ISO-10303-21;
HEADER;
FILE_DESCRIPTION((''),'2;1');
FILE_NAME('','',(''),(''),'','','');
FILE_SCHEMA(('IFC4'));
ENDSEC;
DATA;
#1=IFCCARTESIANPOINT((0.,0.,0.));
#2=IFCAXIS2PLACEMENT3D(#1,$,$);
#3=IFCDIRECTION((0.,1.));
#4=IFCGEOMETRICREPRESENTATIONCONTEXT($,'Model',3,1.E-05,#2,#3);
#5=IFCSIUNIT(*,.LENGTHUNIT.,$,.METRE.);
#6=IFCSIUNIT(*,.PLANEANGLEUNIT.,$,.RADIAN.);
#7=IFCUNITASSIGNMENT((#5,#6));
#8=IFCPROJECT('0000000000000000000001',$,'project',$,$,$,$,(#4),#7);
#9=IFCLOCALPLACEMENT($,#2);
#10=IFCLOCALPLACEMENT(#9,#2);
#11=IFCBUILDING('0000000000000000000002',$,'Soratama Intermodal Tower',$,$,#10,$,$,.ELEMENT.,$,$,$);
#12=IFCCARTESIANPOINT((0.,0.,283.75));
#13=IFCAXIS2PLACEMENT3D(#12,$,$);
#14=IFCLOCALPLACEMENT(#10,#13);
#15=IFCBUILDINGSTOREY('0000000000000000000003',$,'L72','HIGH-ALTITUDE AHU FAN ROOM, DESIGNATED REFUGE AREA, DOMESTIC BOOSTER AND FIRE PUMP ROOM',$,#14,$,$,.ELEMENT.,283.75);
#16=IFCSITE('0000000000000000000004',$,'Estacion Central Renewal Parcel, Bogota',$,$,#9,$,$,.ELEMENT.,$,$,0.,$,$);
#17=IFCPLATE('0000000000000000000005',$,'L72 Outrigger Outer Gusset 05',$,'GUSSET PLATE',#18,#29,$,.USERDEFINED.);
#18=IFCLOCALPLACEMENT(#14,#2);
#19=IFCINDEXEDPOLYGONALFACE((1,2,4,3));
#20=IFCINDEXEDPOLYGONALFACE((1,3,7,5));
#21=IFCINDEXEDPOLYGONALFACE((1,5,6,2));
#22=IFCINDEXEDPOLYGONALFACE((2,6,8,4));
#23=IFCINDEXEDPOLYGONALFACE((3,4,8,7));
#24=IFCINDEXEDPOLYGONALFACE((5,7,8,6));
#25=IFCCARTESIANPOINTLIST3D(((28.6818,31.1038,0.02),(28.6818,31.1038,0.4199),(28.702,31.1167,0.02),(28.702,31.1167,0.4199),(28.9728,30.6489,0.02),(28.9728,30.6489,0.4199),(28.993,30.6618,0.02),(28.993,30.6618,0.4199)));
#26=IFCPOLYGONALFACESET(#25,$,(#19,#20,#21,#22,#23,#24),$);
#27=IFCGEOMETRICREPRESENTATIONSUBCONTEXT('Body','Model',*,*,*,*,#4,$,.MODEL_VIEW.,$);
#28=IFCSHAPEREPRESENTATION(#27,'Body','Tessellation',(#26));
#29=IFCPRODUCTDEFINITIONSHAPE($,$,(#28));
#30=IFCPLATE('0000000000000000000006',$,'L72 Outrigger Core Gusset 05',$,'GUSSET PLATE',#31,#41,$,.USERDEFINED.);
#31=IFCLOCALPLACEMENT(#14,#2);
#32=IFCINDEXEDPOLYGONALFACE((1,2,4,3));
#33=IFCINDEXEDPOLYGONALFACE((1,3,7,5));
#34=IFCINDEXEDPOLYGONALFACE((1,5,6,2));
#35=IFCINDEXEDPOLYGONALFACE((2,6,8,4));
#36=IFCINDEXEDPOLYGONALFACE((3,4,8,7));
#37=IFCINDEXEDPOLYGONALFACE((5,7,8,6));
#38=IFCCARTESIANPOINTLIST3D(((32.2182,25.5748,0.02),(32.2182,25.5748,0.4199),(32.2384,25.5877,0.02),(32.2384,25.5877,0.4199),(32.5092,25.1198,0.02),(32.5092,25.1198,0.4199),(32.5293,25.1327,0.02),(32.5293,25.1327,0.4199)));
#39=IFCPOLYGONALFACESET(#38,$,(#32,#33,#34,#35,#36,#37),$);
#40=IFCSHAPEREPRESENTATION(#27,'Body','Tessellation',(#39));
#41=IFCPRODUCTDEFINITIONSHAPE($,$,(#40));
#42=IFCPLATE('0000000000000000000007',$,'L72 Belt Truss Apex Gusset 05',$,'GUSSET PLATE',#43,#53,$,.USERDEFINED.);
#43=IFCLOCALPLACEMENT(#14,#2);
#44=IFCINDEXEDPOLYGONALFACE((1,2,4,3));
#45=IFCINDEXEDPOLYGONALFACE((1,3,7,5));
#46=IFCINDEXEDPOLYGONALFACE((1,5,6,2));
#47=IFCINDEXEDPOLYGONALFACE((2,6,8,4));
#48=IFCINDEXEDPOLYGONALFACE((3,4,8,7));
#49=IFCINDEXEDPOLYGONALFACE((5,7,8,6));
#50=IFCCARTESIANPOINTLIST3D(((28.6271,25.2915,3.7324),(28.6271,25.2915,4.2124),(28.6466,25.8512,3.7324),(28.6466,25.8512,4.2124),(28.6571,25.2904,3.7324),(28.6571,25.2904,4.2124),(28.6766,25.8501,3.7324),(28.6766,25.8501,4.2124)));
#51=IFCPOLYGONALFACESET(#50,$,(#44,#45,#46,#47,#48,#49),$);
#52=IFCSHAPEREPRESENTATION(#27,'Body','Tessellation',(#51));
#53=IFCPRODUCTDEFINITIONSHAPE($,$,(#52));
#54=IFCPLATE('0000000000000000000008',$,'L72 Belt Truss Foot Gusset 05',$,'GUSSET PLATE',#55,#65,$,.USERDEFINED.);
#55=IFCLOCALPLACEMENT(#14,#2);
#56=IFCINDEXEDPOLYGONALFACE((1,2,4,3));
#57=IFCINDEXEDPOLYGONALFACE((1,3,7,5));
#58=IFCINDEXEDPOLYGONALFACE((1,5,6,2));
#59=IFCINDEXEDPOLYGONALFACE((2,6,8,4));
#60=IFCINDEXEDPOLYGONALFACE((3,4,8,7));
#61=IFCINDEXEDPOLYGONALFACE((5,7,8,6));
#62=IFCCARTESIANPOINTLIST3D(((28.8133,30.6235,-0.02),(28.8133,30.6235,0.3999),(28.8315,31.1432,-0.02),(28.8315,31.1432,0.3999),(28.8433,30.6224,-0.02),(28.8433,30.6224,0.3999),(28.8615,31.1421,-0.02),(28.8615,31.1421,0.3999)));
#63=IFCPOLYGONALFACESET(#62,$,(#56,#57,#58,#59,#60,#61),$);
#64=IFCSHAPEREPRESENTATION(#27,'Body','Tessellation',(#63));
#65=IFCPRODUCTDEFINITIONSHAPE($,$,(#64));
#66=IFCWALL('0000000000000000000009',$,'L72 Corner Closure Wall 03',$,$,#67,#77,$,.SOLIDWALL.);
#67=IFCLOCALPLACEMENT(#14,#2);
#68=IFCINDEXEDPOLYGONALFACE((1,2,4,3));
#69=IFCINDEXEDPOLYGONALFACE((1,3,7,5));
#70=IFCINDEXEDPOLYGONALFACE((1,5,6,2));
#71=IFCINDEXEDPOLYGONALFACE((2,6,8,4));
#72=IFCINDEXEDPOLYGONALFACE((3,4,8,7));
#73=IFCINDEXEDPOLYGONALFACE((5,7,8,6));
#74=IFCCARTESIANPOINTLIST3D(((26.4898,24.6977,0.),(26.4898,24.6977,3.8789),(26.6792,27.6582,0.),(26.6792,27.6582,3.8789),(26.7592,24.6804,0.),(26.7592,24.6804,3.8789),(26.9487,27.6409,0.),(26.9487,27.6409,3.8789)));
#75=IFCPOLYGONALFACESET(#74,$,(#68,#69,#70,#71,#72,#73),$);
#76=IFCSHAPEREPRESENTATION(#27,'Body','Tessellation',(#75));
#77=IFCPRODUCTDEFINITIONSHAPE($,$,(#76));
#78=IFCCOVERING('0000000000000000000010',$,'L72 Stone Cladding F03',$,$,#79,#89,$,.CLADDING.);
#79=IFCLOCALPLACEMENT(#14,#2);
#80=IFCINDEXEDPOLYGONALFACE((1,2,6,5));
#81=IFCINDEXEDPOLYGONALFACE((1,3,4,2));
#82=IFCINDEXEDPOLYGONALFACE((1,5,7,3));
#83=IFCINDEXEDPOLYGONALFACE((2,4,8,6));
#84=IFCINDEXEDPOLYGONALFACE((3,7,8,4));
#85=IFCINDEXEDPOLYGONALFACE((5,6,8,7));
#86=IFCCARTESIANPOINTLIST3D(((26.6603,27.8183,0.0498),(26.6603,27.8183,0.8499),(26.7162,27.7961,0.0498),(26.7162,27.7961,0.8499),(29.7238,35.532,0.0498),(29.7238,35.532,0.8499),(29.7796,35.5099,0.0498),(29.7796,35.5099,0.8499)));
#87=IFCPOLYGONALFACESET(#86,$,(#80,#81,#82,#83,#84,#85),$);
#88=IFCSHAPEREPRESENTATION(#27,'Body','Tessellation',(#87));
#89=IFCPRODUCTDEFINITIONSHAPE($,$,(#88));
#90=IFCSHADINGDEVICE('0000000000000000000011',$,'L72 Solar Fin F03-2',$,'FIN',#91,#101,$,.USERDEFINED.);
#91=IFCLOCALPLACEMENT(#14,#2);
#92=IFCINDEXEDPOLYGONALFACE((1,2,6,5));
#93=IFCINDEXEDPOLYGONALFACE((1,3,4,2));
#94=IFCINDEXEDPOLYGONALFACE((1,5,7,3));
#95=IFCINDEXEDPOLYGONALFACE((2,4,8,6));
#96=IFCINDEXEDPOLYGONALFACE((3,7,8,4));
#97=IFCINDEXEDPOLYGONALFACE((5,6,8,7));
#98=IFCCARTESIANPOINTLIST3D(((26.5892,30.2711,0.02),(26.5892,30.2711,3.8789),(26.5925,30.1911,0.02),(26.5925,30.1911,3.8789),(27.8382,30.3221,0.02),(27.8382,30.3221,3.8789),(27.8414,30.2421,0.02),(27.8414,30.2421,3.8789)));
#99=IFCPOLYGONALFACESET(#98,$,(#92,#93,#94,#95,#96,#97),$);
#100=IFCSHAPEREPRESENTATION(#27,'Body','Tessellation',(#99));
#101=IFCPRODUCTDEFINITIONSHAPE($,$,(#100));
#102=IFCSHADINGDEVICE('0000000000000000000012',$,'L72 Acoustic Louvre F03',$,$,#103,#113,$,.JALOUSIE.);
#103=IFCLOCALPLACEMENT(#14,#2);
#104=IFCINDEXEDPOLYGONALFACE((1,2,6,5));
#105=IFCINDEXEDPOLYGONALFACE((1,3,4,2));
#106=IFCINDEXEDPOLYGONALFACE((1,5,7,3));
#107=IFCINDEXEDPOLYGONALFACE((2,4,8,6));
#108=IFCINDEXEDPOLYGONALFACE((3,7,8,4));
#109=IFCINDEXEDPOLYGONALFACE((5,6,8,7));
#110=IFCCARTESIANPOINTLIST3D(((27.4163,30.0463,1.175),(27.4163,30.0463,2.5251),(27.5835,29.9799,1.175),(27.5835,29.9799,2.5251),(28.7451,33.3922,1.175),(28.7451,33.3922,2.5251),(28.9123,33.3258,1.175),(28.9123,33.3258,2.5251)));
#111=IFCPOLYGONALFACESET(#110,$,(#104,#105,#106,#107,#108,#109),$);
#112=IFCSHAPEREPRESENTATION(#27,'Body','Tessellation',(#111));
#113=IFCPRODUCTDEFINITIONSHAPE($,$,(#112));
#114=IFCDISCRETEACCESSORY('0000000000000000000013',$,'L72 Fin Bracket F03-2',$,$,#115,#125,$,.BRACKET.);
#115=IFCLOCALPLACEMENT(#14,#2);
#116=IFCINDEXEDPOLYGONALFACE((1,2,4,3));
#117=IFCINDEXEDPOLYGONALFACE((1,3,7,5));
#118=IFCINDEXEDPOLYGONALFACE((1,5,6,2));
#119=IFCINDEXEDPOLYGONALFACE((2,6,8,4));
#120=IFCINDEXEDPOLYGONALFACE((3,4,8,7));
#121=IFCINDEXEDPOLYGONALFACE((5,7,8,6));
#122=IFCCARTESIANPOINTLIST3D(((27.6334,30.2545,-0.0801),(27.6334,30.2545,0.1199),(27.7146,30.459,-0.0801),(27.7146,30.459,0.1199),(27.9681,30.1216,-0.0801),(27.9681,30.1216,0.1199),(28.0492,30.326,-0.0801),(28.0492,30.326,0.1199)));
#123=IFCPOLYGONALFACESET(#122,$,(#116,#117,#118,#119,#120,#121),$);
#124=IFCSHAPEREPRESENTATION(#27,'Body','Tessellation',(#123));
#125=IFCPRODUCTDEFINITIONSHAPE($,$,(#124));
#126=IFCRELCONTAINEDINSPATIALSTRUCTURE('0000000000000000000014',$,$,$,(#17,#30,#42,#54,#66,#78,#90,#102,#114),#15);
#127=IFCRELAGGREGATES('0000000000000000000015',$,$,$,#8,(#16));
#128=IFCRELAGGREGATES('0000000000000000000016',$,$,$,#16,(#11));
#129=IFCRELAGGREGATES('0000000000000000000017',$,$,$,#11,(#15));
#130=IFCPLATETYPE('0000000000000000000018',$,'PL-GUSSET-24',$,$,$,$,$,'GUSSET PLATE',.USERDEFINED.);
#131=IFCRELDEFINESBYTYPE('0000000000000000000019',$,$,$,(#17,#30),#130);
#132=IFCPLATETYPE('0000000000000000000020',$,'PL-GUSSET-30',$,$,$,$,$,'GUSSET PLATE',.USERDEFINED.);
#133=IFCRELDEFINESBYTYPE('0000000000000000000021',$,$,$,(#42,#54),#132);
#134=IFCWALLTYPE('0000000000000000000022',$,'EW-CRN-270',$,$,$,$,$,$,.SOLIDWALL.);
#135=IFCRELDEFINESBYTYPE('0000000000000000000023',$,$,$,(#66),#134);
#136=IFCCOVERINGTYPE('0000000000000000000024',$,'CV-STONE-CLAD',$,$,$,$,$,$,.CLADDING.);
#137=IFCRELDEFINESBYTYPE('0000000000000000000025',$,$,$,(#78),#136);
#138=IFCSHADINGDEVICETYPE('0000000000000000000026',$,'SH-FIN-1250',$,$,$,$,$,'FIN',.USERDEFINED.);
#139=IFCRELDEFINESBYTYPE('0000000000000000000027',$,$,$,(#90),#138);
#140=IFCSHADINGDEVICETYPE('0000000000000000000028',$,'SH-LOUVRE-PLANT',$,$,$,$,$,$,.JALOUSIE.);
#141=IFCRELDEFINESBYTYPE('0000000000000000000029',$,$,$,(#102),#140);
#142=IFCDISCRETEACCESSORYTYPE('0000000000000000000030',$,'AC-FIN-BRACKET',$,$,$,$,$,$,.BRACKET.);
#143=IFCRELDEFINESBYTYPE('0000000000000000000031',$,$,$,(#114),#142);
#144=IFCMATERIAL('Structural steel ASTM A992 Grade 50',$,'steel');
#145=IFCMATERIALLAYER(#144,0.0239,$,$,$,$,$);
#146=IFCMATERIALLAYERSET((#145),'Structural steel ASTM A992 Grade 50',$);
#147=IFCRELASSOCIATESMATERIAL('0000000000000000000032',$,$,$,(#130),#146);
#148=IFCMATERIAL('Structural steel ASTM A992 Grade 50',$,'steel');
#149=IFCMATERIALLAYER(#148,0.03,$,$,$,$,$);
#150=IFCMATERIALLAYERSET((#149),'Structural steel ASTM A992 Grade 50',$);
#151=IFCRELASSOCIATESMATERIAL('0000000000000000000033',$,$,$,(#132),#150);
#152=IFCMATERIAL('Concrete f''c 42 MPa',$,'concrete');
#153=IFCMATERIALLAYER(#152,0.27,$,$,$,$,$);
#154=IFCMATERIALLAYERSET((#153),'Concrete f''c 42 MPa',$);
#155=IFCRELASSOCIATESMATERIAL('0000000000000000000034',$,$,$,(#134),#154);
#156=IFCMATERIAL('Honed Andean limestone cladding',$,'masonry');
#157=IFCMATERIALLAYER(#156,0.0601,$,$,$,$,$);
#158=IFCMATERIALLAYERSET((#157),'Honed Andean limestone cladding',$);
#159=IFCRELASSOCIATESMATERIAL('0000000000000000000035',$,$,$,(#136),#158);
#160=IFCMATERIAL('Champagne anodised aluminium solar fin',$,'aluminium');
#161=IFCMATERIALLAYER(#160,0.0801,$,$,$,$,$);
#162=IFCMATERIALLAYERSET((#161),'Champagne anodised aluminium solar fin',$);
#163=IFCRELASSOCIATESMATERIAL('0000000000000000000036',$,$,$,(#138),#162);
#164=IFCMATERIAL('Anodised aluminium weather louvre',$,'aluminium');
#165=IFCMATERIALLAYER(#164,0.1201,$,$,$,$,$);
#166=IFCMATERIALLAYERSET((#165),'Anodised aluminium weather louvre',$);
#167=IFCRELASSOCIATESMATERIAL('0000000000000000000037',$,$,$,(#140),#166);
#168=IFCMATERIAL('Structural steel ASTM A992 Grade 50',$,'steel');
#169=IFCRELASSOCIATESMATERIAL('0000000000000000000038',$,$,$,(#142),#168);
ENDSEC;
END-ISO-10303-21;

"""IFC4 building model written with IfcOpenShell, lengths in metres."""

from ifc_helpers import new_model, si_unit, direction, frame, frame_2d, origin, origin_2d, place, context, subcontext, project, spatial, rectangle, extrude, material, layer, layer_set, type_object, element, save


model = new_model("IFC4")

# Units and contexts
model_context = context("Model", 3, precision=1e-05, world=origin(), true_north=direction((0.0, 1.0)))
body_context = subcontext(model_context, "Body", "Model", "MODEL_VIEW")
ifc_project = project(units=[si_unit("LENGTHUNIT", "METRE"), si_unit("PLANEANGLEUNIT", "RADIAN")], contexts=[model_context])

# Site, building, storey
site_placement = place(None, origin())
site = spatial("IfcSite", under=ifc_project, at=site_placement, Name="Estacion Central Renewal Parcel, Bogota", CompositionType="ELEMENT", RefElevation=0.0)
building_placement = place(site_placement, origin())
building = spatial("IfcBuilding", under=site, at=building_placement, Name="Soratama Intermodal Tower", CompositionType="ELEMENT")
storey_placement = place(building_placement, frame((0.0, 0.0, 283.75)))
storey = spatial("IfcBuildingStorey", under=building, at=storey_placement, Name="L72", Description="HIGH-ALTITUDE AHU FAN ROOM, DESIGNATED REFUGE AREA, DOMESTIC BOOSTER AND FIRE PUMP ROOM", CompositionType="ELEMENT", Elevation=283.75)

# Plates
ifc_material_1 = material(Name="Structural steel ASTM A992 Grade 50", Category="steel")
ifc_layer_1 = layer(ifc_material_1, 0.0239)
ifc_layer_set_1 = layer_set([ifc_layer_1], Name="Structural steel ASTM A992 Grade 50")
plate_type_1 = type_object("IfcPlateType", Name="PL-GUSSET-24", ElementType="GUSSET PLATE", PredefinedType="USERDEFINED", material=ifc_layer_set_1)
for number, where, z_axis, x_axis, name in (
    (1, (28.8374, 30.8828, 0.02), (0.0, 0.0, 1.0), (-0.538771, 0.842452, 0.0), "L72 Outrigger Outer Gusset 05"),
    (2, (32.3738, 25.3538, 0.02), (0.0, 0.0, 1.0), (-0.538771, 0.842452, 0.0), "L72 Outrigger Core Gusset 05"),
):
    element("IfcPlate", number, at=place(storey_placement, frame(where, z_axis=z_axis, x_axis=x_axis)), inside=storey, type_object=plate_type_1, Name=name, ObjectType="GUSSET PLATE", PredefinedType="USERDEFINED", context=body_context, shape_type="SweptSolid", body=[
        extrude(rectangle(XDim=0.54, YDim=0.0239, at=origin_2d()), origin(), (0.0, 0.0, 1.0), 0.3999),
    ])
ifc_material_2 = material(Name="Structural steel ASTM A992 Grade 50", Category="steel")
ifc_layer_2 = layer(ifc_material_2, 0.03)
ifc_layer_set_2 = layer_set([ifc_layer_2], Name="Structural steel ASTM A992 Grade 50")
plate_type_2 = type_object("IfcPlateType", Name="PL-GUSSET-30", ElementType="GUSSET PLATE", PredefinedType="USERDEFINED", material=ifc_layer_set_2)
plate_1_placement = place(storey_placement, frame((28.6519, 25.5708, 3.7324), z_axis=(0.0, 0.0, 1.0), x_axis=(-0.034899, -0.999391, 0.0)))
element("IfcPlate", 3, at=plate_1_placement, inside=storey, type_object=plate_type_2, Name="L72 Belt Truss Apex Gusset 05", ObjectType="GUSSET PLATE", PredefinedType="USERDEFINED", context=body_context, shape_type="SweptSolid", body=[
    extrude(rectangle(XDim=0.5601, YDim=0.03, at=origin_2d()), origin(), (0.0, 0.0, 1.0), 0.48),
])
plate_2_placement = place(storey_placement, frame((28.8374, 30.8828, -0.02), z_axis=(0.0, 0.0, 1.0), x_axis=(-0.034899, -0.999391, 0.0)))
element("IfcPlate", 4, at=plate_2_placement, inside=storey, type_object=plate_type_2, Name="L72 Belt Truss Foot Gusset 05", ObjectType="GUSSET PLATE", PredefinedType="USERDEFINED", context=body_context, shape_type="SweptSolid", body=[
    extrude(rectangle(XDim=0.52, YDim=0.03, at=origin_2d()), origin(), (0.0, 0.0, 1.0), 0.4199),
])

# Wall
ifc_material_3 = material(Name="Concrete f'c 42 MPa", Category="concrete")
ifc_layer_3 = layer(ifc_material_3, 0.27)
ifc_layer_set_3 = layer_set([ifc_layer_3], Name="Concrete f'c 42 MPa")
wall_type = type_object("IfcWallType", Name="EW-CRN-270", PredefinedType="SOLIDWALL", material=ifc_layer_set_3)
wall_placement = place(storey_placement, frame((26.814, 27.6497, 0.0), z_axis=(0.0, 0.0, 1.0), x_axis=(-0.063864, -0.997959, 0.0)))
element("IfcWall", 5, at=wall_placement, inside=storey, type_object=wall_type, Name="L72 Corner Closure Wall 03", PredefinedType="SOLIDWALL", context=body_context, shape_type="SweptSolid", body=[
    extrude(rectangle(XDim=2.9666, YDim=0.27, at=frame_2d((1.4834, 0.0))), origin(), (0.0, 0.0, 1.0), 3.8789),
])

# Covering
ifc_material_4 = material(Name="Honed Andean limestone cladding", Category="masonry")
ifc_layer_4 = layer(ifc_material_4, 0.0601)
ifc_layer_set_4 = layer_set([ifc_layer_4], Name="Honed Andean limestone cladding")
covering_type = type_object("IfcCoveringType", Name="CV-STONE-CLAD", PredefinedType="CLADDING", material=ifc_layer_set_4)
covering_placement = place(storey_placement, frame((28.22, 31.6641, 0.0498), z_axis=(0.0, 0.0, 1.0), x_axis=(-0.369098, -0.92939, 0.0)))
element("IfcCovering", 6, at=covering_placement, inside=storey, type_object=covering_type, Name="L72 Stone Cladding F03", PredefinedType="CLADDING", context=body_context, shape_type="SweptSolid", body=[
    extrude(rectangle(XDim=8.2998, YDim=0.0601, at=origin_2d()), origin(), (0.0, 0.0, 1.0), 0.8),
])

# Shading devices
ifc_material_5 = material(Name="Champagne anodised aluminium solar fin", Category="aluminium")
ifc_layer_5 = layer(ifc_material_5, 0.0801)
ifc_layer_set_5 = layer_set([ifc_layer_5], Name="Champagne anodised aluminium solar fin")
shading_device_type_1 = type_object("IfcShadingDeviceType", Name="SH-FIN-1250", ElementType="FIN", PredefinedType="USERDEFINED", material=ifc_layer_set_5)
shading_device_1_placement = place(storey_placement, frame((27.2153, 30.2566, 0.02), z_axis=(0.0, 0.0, 1.0), x_axis=(-0.999166, -0.040829, 0.0)))
element("IfcShadingDevice", 7, at=shading_device_1_placement, inside=storey, type_object=shading_device_type_1, Name="L72 Solar Fin F03-2", ObjectType="FIN", PredefinedType="USERDEFINED", context=body_context, shape_type="SweptSolid", body=[
    extrude(rectangle(XDim=1.25, YDim=0.0801, at=origin_2d()), origin(), (0.0, 0.0, 1.0), 3.8589),
])
ifc_material_6 = material(Name="Anodised aluminium weather louvre", Category="aluminium")
ifc_layer_6 = layer(ifc_material_6, 0.1201)
ifc_layer_set_6 = layer_set([ifc_layer_6], Name="Anodised aluminium weather louvre")
shading_device_type_2 = type_object("IfcShadingDeviceType", Name="SH-LOUVRE-PLANT", PredefinedType="JALOUSIE", material=ifc_layer_set_6)
shading_device_2_placement = place(storey_placement, frame((28.1643, 31.686, 1.175), z_axis=(0.0, 0.0, 1.0), x_axis=(-0.369098, -0.92939, 0.0)))
element("IfcShadingDevice", 8, at=shading_device_2_placement, inside=storey, type_object=shading_device_type_2, Name="L72 Acoustic Louvre F03", PredefinedType="JALOUSIE", context=body_context, shape_type="SweptSolid", body=[
    extrude(rectangle(XDim=3.6001, YDim=0.1799, at=origin_2d()), origin(), (0.0, 0.0, 1.0), 1.3501),
])

# Discrete accessory
ifc_material_7 = material(Name="Structural steel ASTM A992 Grade 50", Category="steel")
discrete_accessory_type = type_object("IfcDiscreteAccessoryType", Name="AC-FIN-BRACKET", PredefinedType="BRACKET", material=ifc_material_7)
discrete_accessory_placement = place(storey_placement, frame((27.8413, 30.2903, -0.0801), z_axis=(0.0, 0.0, 1.0), x_axis=(-0.92939, 0.369098, 0.0)))
element("IfcDiscreteAccessory", 9, at=discrete_accessory_placement, inside=storey, type_object=discrete_accessory_type, Name="L72 Fin Bracket F03-2", PredefinedType="BRACKET", context=body_context, shape_type="SweptSolid", body=[
    extrude(rectangle(XDim=0.3601, YDim=0.22, at=origin_2d()), origin(), (0.0, 0.0, 1.0), 0.2),
])

save(model, "model.ifc")
